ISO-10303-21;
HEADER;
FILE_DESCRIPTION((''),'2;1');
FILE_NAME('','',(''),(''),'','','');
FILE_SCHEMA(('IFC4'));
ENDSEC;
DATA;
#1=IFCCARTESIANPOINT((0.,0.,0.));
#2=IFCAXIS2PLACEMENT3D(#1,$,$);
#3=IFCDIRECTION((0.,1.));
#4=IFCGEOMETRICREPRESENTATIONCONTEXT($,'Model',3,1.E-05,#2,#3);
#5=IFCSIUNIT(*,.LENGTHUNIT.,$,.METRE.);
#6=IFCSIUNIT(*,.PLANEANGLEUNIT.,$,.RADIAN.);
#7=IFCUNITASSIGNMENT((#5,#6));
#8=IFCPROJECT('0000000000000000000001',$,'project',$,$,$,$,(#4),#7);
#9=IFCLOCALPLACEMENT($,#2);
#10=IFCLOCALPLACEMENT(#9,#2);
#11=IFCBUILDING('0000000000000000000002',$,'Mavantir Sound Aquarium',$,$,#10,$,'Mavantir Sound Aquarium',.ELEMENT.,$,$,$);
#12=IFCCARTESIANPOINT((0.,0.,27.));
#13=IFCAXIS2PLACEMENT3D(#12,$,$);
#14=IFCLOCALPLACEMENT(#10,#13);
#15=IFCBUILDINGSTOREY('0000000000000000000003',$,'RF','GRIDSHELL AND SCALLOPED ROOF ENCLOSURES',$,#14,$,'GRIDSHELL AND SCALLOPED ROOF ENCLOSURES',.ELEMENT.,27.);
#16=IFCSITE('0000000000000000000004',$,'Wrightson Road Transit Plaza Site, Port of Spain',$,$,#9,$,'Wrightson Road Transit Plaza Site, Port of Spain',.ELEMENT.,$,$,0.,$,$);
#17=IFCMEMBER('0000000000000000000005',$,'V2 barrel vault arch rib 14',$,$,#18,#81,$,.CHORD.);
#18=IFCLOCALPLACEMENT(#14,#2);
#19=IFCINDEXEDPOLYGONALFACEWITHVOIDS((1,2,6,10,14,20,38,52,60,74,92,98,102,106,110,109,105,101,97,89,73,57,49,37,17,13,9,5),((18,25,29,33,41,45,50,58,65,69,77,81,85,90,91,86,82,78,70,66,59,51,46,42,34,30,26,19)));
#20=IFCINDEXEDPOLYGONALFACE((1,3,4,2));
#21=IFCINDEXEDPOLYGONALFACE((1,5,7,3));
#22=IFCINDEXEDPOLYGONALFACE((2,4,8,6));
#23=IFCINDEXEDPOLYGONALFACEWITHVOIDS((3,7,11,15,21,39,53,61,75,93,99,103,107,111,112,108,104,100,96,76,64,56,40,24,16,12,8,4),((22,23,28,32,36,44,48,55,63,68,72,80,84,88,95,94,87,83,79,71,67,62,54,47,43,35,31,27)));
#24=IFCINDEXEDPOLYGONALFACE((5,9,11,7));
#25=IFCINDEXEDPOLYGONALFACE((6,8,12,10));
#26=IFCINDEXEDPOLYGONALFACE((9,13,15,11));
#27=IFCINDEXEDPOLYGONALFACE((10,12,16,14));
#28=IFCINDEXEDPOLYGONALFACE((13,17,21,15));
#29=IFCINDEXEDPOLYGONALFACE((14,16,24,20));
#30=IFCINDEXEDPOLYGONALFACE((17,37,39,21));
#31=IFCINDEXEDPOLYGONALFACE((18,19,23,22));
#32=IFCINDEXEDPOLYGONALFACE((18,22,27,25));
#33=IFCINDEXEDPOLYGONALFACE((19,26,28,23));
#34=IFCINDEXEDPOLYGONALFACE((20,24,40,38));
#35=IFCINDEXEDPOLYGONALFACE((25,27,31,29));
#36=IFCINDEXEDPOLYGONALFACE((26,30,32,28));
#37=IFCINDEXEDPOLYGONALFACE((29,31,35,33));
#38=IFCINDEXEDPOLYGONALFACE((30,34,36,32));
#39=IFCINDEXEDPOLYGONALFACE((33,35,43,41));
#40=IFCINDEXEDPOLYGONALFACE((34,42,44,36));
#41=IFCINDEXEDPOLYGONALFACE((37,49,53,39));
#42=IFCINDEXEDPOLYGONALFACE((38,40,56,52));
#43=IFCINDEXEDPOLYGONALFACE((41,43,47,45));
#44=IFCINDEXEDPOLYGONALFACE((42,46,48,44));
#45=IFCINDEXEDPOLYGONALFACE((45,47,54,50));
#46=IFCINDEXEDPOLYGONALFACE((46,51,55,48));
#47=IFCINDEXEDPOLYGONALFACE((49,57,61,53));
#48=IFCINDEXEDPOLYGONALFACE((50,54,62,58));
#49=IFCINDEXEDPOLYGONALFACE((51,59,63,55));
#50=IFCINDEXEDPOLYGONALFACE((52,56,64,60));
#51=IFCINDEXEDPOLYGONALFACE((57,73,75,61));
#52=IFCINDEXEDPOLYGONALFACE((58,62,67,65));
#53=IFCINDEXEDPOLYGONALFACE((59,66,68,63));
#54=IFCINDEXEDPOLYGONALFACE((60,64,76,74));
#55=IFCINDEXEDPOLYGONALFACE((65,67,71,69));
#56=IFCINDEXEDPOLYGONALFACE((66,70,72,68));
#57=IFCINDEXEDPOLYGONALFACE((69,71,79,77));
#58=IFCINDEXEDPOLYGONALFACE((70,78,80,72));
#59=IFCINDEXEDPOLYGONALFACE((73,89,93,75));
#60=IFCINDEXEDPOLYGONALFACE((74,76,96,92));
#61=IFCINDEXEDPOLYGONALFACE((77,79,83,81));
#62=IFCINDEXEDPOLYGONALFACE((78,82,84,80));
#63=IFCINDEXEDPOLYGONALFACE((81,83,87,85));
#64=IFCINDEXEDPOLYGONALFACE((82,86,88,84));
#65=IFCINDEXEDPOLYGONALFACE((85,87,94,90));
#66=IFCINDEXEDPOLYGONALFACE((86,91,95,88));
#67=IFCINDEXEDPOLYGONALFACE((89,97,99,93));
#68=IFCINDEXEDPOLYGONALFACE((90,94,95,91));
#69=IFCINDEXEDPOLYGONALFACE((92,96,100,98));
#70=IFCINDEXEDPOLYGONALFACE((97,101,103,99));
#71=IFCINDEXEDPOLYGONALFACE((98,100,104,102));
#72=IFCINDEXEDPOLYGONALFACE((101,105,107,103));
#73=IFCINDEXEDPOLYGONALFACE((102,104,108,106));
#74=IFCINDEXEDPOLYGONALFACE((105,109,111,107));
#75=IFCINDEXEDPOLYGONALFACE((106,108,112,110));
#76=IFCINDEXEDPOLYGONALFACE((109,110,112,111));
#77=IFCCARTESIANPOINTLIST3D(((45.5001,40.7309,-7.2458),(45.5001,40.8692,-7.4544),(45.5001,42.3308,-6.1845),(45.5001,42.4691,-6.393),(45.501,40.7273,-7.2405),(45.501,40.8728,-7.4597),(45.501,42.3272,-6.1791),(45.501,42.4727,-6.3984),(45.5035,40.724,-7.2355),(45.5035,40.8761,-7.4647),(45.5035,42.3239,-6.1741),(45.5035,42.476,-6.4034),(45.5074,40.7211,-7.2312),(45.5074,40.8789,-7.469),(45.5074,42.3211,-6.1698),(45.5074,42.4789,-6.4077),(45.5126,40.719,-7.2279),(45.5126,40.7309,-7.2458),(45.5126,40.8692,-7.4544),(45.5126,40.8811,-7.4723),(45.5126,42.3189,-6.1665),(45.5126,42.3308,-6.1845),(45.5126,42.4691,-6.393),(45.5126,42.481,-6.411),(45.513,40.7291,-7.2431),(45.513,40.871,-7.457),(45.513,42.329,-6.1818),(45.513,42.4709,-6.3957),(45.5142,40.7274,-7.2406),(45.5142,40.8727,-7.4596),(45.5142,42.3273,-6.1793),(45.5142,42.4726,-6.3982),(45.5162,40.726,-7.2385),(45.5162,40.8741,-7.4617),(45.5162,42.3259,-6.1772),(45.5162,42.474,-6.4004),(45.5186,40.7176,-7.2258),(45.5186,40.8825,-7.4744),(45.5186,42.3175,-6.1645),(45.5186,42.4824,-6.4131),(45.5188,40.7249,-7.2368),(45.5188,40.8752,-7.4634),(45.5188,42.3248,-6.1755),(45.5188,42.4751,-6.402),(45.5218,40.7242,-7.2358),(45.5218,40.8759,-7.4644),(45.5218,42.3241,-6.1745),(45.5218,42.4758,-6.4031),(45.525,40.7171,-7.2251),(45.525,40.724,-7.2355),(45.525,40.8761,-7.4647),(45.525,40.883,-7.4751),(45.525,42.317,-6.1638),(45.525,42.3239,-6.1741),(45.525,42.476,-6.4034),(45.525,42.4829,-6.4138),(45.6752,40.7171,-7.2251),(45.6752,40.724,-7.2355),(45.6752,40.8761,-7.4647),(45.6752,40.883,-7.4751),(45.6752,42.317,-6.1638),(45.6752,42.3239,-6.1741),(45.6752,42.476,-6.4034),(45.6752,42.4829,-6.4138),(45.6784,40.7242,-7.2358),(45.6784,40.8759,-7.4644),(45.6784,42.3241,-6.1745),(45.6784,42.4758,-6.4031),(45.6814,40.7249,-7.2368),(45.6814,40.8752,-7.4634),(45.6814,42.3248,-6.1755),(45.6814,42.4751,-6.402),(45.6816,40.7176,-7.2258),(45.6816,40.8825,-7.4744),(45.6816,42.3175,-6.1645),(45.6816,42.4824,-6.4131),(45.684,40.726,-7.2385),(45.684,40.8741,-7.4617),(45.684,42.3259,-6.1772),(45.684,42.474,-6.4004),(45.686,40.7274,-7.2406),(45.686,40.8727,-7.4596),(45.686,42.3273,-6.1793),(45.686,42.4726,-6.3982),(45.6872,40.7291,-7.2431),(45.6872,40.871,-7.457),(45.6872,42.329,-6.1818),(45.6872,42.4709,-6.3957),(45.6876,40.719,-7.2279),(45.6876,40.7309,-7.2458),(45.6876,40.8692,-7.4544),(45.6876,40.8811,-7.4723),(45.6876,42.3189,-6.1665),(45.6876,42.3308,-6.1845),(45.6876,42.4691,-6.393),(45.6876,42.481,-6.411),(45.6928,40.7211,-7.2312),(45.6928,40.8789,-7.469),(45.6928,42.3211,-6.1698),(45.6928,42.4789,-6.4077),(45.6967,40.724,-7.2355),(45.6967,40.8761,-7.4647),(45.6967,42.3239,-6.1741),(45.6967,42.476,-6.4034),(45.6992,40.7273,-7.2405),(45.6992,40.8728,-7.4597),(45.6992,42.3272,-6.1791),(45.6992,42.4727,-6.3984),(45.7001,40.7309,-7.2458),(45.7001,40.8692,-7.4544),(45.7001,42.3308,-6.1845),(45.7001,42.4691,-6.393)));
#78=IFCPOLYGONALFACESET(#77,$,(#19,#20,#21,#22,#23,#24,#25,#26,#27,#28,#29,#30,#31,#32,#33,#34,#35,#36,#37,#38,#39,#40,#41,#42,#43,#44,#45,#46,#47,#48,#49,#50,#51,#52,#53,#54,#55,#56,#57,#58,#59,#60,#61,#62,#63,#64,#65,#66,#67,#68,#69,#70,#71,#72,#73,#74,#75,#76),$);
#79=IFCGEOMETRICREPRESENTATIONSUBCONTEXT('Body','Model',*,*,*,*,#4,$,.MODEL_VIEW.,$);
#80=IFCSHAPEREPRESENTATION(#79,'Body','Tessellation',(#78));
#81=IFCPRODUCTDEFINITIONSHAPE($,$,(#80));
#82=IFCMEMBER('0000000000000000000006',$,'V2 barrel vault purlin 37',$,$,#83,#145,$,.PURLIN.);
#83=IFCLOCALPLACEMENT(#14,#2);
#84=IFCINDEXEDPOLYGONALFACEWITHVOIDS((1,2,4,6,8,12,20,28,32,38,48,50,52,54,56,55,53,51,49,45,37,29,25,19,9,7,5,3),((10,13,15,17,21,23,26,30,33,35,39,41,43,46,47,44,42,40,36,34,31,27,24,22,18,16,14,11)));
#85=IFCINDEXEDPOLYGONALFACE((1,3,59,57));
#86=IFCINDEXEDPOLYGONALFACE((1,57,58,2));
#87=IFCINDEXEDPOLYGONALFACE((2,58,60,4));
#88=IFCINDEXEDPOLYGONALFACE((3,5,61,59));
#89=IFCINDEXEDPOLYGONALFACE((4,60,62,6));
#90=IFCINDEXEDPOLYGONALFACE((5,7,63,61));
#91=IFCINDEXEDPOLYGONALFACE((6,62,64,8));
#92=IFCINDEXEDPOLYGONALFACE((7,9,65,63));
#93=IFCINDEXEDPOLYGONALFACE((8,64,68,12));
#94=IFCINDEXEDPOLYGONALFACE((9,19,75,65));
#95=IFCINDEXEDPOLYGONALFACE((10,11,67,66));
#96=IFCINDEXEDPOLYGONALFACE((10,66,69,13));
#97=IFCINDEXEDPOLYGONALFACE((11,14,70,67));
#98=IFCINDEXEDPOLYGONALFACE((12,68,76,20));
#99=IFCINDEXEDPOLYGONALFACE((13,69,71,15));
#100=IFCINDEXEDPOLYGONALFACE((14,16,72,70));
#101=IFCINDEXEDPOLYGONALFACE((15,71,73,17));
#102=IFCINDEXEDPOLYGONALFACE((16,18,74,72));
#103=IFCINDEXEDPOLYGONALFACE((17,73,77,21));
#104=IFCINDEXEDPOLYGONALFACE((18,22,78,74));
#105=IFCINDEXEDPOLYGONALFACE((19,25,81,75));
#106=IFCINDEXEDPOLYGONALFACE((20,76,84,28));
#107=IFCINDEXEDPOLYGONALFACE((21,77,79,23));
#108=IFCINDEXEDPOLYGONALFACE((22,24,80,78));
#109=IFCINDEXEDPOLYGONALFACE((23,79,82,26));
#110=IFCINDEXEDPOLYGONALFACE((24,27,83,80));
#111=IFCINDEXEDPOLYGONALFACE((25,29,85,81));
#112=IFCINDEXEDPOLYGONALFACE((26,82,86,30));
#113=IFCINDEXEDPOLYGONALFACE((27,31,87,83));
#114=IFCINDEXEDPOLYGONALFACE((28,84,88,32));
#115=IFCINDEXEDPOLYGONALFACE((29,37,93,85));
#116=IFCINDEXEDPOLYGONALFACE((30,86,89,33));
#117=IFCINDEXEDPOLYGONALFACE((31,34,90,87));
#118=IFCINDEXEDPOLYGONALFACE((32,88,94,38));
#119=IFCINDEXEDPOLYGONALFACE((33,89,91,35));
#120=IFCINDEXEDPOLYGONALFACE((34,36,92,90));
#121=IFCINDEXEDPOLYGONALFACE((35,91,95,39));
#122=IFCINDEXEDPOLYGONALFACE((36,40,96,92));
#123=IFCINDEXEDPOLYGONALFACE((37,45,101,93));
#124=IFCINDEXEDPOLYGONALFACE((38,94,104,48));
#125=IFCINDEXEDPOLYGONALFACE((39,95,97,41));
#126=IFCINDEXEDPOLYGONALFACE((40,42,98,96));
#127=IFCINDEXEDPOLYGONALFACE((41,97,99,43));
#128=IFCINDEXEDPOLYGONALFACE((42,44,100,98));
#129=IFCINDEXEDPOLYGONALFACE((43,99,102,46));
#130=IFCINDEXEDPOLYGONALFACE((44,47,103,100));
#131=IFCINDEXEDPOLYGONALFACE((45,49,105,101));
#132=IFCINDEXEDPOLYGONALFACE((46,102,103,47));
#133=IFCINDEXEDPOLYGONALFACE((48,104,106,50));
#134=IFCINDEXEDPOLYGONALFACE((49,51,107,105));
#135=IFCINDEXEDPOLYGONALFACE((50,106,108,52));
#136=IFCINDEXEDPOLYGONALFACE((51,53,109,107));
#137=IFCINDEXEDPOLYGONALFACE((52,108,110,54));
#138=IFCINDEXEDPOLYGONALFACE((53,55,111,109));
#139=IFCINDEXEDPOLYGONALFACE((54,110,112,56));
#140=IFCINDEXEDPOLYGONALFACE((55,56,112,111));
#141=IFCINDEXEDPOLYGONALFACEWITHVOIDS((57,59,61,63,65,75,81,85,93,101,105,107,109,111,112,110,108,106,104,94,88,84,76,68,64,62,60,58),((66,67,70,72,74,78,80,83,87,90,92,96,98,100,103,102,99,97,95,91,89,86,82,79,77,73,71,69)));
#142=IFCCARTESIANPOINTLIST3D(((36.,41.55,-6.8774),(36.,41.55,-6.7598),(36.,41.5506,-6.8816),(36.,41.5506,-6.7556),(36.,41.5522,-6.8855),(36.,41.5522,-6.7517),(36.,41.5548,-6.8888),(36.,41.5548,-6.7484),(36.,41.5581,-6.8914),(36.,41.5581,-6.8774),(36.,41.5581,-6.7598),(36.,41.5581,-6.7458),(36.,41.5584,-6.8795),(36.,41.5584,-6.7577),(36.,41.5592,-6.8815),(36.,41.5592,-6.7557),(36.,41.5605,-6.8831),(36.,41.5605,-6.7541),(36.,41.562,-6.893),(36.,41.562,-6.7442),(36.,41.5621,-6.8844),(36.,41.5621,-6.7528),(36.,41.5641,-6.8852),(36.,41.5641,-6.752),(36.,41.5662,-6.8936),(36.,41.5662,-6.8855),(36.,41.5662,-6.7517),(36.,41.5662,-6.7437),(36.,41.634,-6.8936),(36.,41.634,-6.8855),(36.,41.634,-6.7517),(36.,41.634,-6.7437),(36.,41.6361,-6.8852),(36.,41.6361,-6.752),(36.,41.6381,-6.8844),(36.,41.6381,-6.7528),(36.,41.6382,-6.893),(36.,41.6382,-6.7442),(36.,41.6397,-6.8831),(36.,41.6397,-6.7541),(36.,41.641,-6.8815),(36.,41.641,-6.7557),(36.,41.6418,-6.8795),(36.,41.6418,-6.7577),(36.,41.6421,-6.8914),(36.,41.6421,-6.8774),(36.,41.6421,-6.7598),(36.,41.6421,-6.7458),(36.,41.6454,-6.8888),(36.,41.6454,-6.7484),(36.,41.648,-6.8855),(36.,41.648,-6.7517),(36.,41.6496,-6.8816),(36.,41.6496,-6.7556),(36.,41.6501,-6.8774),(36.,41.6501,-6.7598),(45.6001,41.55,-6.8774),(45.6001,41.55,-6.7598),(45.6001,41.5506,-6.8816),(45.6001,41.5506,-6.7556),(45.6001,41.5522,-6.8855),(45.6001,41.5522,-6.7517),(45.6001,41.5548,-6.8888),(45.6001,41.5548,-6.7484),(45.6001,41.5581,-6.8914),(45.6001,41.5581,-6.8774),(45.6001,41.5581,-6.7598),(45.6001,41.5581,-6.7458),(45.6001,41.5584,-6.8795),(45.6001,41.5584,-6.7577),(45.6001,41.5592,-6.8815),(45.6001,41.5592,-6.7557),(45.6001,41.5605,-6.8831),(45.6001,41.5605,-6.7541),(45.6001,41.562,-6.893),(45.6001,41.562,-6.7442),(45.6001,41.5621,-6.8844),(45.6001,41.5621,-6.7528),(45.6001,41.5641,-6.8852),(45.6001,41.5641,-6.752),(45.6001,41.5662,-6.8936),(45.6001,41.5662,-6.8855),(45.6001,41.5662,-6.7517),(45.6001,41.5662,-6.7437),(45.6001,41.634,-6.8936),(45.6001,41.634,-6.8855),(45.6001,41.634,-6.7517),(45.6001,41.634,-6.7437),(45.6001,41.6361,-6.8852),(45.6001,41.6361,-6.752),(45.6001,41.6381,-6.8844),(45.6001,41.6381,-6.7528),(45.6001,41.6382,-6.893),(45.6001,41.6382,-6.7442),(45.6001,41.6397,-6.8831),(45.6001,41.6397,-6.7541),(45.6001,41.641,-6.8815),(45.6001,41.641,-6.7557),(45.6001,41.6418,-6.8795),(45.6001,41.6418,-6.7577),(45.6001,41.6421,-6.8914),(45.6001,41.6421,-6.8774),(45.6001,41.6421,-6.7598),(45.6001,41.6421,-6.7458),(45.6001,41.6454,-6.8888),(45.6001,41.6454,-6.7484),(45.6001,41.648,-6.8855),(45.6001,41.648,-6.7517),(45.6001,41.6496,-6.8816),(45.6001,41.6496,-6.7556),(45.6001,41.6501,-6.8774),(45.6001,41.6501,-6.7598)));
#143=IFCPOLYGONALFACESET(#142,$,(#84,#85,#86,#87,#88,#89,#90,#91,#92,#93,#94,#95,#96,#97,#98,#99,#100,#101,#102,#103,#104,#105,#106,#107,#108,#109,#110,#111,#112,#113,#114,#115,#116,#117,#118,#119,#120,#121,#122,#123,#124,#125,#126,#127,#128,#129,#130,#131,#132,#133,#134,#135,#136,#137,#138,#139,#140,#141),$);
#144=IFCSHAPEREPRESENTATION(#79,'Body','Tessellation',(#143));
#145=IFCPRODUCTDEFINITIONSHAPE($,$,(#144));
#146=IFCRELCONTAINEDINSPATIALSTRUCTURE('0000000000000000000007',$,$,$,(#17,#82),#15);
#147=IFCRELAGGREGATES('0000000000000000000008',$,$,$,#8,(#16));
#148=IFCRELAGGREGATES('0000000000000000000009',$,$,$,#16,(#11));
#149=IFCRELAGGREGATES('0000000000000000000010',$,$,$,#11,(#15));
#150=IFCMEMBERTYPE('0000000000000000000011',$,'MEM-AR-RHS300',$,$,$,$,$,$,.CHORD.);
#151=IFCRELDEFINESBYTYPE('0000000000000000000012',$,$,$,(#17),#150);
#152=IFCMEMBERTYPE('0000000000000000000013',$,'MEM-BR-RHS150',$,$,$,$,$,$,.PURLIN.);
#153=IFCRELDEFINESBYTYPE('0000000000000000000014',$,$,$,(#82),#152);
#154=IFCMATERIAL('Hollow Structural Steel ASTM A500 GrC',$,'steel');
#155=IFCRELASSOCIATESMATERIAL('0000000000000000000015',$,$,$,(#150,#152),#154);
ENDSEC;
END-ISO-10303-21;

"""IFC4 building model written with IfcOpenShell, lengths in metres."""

from ifc_helpers import new_model, si_unit, direction, frame, origin, origin_2d, place, context, subcontext, project, spatial, hollow_rectangle, extrude, material, material_profile, profile_set, type_object, element, save


model = new_model("IFC4")

# Units and contexts
model_context = context("Model", 3, precision=1e-05, world=origin(), true_north=direction((0.0, 1.0)))
body_context = subcontext(model_context, "Body", "Model", "MODEL_VIEW")
ifc_project = project(units=[si_unit("LENGTHUNIT", "METRE"), si_unit("PLANEANGLEUNIT", "RADIAN")], contexts=[model_context])

# Site, building, storey
site_placement = place(None, origin())
site = spatial("IfcSite", under=ifc_project, at=site_placement, Name="Wrightson Road Transit Plaza Site, Port of Spain", LongName="Wrightson Road Transit Plaza Site, Port of Spain", CompositionType="ELEMENT", RefElevation=0.0)
building_placement = place(site_placement, origin())
building = spatial("IfcBuilding", under=site, at=building_placement, Name="Mavantir Sound Aquarium", LongName="Mavantir Sound Aquarium", CompositionType="ELEMENT")
storey_placement = place(building_placement, frame((0.0, 0.0, 27.0)))
storey = spatial("IfcBuildingStorey", under=building, at=storey_placement, Name="RF", Description="GRIDSHELL AND SCALLOPED ROOF ENCLOSURES", LongName="GRIDSHELL AND SCALLOPED ROOF ENCLOSURES", CompositionType="ELEMENT", Elevation=27.0)

# Members
ifc_material_1 = material(Name="Hollow Structural Steel ASTM A500 GrC", Category="steel")
ifc_material_profile_1 = material_profile(ifc_material_1, hollow_rectangle(XDim=0.2, YDim=0.3, WallThickness=0.0125, InnerFilletRadius=0.0125, OuterFilletRadius=0.0249, at=origin_2d()), Name="RHS 300X200X12.5")
ifc_profile_set_1 = profile_set([ifc_material_profile_1], Name="Hollow Structural Steel ASTM A500 GrC")
member_type_1 = type_object("IfcMemberType", Name="MEM-AR-RHS300", PredefinedType="CHORD", material=ifc_profile_set_1)
member_1_placement = place(storey_placement, frame((45.6001, 40.8, -7.3501), z_axis=(0.0, 0.83332, 0.552791), x_axis=(-1.0, 0.0, 0.0)))
element("IfcMember", 1, at=member_1_placement, inside=storey, type_object=member_type_1, Name="V2 barrel vault arch rib 14", PredefinedType="CHORD", context=body_context, shape_type="SweptSolid", body=[
    extrude(hollow_rectangle(XDim=0.2, YDim=0.3, WallThickness=0.0125, InnerFilletRadius=0.0125, OuterFilletRadius=0.0249, at=origin_2d()), origin(), (0.0, 0.0, 1.0), 1.9199),
])
ifc_material_profile_2 = material_profile(ifc_material_1, hollow_rectangle(XDim=0.1001, YDim=0.1499, WallThickness=0.0081, InnerFilletRadius=0.0081, OuterFilletRadius=0.0161, at=origin_2d()), Name="RHS 150X100X8")
ifc_profile_set_2 = profile_set([ifc_material_profile_2], Name="Hollow Structural Steel ASTM A500 GrC")
member_type_2 = type_object("IfcMemberType", Name="MEM-BR-RHS150", PredefinedType="PURLIN", material=ifc_profile_set_2)
for number, where, z_axis, x_axis, name in (
    (2, (36.0, 41.6001, -6.8186), (1.0, 0.0, 0.0), (0.0, 1.0, 0.0), "V2 barrel vault purlin 37"),
):
    element("IfcMember", number, at=place(storey_placement, frame(where, z_axis=z_axis, x_axis=x_axis)), inside=storey, type_object=member_type_2, Name=name, PredefinedType="PURLIN", context=body_context, shape_type="SweptSolid", body=[
        extrude(hollow_rectangle(XDim=0.1001, YDim=0.1499, WallThickness=0.0081, InnerFilletRadius=0.0081, OuterFilletRadius=0.0161, at=origin_2d()), origin(), (0.0, 0.0, 1.0), 9.6001),
    ])

save(model, "model.ifc")
